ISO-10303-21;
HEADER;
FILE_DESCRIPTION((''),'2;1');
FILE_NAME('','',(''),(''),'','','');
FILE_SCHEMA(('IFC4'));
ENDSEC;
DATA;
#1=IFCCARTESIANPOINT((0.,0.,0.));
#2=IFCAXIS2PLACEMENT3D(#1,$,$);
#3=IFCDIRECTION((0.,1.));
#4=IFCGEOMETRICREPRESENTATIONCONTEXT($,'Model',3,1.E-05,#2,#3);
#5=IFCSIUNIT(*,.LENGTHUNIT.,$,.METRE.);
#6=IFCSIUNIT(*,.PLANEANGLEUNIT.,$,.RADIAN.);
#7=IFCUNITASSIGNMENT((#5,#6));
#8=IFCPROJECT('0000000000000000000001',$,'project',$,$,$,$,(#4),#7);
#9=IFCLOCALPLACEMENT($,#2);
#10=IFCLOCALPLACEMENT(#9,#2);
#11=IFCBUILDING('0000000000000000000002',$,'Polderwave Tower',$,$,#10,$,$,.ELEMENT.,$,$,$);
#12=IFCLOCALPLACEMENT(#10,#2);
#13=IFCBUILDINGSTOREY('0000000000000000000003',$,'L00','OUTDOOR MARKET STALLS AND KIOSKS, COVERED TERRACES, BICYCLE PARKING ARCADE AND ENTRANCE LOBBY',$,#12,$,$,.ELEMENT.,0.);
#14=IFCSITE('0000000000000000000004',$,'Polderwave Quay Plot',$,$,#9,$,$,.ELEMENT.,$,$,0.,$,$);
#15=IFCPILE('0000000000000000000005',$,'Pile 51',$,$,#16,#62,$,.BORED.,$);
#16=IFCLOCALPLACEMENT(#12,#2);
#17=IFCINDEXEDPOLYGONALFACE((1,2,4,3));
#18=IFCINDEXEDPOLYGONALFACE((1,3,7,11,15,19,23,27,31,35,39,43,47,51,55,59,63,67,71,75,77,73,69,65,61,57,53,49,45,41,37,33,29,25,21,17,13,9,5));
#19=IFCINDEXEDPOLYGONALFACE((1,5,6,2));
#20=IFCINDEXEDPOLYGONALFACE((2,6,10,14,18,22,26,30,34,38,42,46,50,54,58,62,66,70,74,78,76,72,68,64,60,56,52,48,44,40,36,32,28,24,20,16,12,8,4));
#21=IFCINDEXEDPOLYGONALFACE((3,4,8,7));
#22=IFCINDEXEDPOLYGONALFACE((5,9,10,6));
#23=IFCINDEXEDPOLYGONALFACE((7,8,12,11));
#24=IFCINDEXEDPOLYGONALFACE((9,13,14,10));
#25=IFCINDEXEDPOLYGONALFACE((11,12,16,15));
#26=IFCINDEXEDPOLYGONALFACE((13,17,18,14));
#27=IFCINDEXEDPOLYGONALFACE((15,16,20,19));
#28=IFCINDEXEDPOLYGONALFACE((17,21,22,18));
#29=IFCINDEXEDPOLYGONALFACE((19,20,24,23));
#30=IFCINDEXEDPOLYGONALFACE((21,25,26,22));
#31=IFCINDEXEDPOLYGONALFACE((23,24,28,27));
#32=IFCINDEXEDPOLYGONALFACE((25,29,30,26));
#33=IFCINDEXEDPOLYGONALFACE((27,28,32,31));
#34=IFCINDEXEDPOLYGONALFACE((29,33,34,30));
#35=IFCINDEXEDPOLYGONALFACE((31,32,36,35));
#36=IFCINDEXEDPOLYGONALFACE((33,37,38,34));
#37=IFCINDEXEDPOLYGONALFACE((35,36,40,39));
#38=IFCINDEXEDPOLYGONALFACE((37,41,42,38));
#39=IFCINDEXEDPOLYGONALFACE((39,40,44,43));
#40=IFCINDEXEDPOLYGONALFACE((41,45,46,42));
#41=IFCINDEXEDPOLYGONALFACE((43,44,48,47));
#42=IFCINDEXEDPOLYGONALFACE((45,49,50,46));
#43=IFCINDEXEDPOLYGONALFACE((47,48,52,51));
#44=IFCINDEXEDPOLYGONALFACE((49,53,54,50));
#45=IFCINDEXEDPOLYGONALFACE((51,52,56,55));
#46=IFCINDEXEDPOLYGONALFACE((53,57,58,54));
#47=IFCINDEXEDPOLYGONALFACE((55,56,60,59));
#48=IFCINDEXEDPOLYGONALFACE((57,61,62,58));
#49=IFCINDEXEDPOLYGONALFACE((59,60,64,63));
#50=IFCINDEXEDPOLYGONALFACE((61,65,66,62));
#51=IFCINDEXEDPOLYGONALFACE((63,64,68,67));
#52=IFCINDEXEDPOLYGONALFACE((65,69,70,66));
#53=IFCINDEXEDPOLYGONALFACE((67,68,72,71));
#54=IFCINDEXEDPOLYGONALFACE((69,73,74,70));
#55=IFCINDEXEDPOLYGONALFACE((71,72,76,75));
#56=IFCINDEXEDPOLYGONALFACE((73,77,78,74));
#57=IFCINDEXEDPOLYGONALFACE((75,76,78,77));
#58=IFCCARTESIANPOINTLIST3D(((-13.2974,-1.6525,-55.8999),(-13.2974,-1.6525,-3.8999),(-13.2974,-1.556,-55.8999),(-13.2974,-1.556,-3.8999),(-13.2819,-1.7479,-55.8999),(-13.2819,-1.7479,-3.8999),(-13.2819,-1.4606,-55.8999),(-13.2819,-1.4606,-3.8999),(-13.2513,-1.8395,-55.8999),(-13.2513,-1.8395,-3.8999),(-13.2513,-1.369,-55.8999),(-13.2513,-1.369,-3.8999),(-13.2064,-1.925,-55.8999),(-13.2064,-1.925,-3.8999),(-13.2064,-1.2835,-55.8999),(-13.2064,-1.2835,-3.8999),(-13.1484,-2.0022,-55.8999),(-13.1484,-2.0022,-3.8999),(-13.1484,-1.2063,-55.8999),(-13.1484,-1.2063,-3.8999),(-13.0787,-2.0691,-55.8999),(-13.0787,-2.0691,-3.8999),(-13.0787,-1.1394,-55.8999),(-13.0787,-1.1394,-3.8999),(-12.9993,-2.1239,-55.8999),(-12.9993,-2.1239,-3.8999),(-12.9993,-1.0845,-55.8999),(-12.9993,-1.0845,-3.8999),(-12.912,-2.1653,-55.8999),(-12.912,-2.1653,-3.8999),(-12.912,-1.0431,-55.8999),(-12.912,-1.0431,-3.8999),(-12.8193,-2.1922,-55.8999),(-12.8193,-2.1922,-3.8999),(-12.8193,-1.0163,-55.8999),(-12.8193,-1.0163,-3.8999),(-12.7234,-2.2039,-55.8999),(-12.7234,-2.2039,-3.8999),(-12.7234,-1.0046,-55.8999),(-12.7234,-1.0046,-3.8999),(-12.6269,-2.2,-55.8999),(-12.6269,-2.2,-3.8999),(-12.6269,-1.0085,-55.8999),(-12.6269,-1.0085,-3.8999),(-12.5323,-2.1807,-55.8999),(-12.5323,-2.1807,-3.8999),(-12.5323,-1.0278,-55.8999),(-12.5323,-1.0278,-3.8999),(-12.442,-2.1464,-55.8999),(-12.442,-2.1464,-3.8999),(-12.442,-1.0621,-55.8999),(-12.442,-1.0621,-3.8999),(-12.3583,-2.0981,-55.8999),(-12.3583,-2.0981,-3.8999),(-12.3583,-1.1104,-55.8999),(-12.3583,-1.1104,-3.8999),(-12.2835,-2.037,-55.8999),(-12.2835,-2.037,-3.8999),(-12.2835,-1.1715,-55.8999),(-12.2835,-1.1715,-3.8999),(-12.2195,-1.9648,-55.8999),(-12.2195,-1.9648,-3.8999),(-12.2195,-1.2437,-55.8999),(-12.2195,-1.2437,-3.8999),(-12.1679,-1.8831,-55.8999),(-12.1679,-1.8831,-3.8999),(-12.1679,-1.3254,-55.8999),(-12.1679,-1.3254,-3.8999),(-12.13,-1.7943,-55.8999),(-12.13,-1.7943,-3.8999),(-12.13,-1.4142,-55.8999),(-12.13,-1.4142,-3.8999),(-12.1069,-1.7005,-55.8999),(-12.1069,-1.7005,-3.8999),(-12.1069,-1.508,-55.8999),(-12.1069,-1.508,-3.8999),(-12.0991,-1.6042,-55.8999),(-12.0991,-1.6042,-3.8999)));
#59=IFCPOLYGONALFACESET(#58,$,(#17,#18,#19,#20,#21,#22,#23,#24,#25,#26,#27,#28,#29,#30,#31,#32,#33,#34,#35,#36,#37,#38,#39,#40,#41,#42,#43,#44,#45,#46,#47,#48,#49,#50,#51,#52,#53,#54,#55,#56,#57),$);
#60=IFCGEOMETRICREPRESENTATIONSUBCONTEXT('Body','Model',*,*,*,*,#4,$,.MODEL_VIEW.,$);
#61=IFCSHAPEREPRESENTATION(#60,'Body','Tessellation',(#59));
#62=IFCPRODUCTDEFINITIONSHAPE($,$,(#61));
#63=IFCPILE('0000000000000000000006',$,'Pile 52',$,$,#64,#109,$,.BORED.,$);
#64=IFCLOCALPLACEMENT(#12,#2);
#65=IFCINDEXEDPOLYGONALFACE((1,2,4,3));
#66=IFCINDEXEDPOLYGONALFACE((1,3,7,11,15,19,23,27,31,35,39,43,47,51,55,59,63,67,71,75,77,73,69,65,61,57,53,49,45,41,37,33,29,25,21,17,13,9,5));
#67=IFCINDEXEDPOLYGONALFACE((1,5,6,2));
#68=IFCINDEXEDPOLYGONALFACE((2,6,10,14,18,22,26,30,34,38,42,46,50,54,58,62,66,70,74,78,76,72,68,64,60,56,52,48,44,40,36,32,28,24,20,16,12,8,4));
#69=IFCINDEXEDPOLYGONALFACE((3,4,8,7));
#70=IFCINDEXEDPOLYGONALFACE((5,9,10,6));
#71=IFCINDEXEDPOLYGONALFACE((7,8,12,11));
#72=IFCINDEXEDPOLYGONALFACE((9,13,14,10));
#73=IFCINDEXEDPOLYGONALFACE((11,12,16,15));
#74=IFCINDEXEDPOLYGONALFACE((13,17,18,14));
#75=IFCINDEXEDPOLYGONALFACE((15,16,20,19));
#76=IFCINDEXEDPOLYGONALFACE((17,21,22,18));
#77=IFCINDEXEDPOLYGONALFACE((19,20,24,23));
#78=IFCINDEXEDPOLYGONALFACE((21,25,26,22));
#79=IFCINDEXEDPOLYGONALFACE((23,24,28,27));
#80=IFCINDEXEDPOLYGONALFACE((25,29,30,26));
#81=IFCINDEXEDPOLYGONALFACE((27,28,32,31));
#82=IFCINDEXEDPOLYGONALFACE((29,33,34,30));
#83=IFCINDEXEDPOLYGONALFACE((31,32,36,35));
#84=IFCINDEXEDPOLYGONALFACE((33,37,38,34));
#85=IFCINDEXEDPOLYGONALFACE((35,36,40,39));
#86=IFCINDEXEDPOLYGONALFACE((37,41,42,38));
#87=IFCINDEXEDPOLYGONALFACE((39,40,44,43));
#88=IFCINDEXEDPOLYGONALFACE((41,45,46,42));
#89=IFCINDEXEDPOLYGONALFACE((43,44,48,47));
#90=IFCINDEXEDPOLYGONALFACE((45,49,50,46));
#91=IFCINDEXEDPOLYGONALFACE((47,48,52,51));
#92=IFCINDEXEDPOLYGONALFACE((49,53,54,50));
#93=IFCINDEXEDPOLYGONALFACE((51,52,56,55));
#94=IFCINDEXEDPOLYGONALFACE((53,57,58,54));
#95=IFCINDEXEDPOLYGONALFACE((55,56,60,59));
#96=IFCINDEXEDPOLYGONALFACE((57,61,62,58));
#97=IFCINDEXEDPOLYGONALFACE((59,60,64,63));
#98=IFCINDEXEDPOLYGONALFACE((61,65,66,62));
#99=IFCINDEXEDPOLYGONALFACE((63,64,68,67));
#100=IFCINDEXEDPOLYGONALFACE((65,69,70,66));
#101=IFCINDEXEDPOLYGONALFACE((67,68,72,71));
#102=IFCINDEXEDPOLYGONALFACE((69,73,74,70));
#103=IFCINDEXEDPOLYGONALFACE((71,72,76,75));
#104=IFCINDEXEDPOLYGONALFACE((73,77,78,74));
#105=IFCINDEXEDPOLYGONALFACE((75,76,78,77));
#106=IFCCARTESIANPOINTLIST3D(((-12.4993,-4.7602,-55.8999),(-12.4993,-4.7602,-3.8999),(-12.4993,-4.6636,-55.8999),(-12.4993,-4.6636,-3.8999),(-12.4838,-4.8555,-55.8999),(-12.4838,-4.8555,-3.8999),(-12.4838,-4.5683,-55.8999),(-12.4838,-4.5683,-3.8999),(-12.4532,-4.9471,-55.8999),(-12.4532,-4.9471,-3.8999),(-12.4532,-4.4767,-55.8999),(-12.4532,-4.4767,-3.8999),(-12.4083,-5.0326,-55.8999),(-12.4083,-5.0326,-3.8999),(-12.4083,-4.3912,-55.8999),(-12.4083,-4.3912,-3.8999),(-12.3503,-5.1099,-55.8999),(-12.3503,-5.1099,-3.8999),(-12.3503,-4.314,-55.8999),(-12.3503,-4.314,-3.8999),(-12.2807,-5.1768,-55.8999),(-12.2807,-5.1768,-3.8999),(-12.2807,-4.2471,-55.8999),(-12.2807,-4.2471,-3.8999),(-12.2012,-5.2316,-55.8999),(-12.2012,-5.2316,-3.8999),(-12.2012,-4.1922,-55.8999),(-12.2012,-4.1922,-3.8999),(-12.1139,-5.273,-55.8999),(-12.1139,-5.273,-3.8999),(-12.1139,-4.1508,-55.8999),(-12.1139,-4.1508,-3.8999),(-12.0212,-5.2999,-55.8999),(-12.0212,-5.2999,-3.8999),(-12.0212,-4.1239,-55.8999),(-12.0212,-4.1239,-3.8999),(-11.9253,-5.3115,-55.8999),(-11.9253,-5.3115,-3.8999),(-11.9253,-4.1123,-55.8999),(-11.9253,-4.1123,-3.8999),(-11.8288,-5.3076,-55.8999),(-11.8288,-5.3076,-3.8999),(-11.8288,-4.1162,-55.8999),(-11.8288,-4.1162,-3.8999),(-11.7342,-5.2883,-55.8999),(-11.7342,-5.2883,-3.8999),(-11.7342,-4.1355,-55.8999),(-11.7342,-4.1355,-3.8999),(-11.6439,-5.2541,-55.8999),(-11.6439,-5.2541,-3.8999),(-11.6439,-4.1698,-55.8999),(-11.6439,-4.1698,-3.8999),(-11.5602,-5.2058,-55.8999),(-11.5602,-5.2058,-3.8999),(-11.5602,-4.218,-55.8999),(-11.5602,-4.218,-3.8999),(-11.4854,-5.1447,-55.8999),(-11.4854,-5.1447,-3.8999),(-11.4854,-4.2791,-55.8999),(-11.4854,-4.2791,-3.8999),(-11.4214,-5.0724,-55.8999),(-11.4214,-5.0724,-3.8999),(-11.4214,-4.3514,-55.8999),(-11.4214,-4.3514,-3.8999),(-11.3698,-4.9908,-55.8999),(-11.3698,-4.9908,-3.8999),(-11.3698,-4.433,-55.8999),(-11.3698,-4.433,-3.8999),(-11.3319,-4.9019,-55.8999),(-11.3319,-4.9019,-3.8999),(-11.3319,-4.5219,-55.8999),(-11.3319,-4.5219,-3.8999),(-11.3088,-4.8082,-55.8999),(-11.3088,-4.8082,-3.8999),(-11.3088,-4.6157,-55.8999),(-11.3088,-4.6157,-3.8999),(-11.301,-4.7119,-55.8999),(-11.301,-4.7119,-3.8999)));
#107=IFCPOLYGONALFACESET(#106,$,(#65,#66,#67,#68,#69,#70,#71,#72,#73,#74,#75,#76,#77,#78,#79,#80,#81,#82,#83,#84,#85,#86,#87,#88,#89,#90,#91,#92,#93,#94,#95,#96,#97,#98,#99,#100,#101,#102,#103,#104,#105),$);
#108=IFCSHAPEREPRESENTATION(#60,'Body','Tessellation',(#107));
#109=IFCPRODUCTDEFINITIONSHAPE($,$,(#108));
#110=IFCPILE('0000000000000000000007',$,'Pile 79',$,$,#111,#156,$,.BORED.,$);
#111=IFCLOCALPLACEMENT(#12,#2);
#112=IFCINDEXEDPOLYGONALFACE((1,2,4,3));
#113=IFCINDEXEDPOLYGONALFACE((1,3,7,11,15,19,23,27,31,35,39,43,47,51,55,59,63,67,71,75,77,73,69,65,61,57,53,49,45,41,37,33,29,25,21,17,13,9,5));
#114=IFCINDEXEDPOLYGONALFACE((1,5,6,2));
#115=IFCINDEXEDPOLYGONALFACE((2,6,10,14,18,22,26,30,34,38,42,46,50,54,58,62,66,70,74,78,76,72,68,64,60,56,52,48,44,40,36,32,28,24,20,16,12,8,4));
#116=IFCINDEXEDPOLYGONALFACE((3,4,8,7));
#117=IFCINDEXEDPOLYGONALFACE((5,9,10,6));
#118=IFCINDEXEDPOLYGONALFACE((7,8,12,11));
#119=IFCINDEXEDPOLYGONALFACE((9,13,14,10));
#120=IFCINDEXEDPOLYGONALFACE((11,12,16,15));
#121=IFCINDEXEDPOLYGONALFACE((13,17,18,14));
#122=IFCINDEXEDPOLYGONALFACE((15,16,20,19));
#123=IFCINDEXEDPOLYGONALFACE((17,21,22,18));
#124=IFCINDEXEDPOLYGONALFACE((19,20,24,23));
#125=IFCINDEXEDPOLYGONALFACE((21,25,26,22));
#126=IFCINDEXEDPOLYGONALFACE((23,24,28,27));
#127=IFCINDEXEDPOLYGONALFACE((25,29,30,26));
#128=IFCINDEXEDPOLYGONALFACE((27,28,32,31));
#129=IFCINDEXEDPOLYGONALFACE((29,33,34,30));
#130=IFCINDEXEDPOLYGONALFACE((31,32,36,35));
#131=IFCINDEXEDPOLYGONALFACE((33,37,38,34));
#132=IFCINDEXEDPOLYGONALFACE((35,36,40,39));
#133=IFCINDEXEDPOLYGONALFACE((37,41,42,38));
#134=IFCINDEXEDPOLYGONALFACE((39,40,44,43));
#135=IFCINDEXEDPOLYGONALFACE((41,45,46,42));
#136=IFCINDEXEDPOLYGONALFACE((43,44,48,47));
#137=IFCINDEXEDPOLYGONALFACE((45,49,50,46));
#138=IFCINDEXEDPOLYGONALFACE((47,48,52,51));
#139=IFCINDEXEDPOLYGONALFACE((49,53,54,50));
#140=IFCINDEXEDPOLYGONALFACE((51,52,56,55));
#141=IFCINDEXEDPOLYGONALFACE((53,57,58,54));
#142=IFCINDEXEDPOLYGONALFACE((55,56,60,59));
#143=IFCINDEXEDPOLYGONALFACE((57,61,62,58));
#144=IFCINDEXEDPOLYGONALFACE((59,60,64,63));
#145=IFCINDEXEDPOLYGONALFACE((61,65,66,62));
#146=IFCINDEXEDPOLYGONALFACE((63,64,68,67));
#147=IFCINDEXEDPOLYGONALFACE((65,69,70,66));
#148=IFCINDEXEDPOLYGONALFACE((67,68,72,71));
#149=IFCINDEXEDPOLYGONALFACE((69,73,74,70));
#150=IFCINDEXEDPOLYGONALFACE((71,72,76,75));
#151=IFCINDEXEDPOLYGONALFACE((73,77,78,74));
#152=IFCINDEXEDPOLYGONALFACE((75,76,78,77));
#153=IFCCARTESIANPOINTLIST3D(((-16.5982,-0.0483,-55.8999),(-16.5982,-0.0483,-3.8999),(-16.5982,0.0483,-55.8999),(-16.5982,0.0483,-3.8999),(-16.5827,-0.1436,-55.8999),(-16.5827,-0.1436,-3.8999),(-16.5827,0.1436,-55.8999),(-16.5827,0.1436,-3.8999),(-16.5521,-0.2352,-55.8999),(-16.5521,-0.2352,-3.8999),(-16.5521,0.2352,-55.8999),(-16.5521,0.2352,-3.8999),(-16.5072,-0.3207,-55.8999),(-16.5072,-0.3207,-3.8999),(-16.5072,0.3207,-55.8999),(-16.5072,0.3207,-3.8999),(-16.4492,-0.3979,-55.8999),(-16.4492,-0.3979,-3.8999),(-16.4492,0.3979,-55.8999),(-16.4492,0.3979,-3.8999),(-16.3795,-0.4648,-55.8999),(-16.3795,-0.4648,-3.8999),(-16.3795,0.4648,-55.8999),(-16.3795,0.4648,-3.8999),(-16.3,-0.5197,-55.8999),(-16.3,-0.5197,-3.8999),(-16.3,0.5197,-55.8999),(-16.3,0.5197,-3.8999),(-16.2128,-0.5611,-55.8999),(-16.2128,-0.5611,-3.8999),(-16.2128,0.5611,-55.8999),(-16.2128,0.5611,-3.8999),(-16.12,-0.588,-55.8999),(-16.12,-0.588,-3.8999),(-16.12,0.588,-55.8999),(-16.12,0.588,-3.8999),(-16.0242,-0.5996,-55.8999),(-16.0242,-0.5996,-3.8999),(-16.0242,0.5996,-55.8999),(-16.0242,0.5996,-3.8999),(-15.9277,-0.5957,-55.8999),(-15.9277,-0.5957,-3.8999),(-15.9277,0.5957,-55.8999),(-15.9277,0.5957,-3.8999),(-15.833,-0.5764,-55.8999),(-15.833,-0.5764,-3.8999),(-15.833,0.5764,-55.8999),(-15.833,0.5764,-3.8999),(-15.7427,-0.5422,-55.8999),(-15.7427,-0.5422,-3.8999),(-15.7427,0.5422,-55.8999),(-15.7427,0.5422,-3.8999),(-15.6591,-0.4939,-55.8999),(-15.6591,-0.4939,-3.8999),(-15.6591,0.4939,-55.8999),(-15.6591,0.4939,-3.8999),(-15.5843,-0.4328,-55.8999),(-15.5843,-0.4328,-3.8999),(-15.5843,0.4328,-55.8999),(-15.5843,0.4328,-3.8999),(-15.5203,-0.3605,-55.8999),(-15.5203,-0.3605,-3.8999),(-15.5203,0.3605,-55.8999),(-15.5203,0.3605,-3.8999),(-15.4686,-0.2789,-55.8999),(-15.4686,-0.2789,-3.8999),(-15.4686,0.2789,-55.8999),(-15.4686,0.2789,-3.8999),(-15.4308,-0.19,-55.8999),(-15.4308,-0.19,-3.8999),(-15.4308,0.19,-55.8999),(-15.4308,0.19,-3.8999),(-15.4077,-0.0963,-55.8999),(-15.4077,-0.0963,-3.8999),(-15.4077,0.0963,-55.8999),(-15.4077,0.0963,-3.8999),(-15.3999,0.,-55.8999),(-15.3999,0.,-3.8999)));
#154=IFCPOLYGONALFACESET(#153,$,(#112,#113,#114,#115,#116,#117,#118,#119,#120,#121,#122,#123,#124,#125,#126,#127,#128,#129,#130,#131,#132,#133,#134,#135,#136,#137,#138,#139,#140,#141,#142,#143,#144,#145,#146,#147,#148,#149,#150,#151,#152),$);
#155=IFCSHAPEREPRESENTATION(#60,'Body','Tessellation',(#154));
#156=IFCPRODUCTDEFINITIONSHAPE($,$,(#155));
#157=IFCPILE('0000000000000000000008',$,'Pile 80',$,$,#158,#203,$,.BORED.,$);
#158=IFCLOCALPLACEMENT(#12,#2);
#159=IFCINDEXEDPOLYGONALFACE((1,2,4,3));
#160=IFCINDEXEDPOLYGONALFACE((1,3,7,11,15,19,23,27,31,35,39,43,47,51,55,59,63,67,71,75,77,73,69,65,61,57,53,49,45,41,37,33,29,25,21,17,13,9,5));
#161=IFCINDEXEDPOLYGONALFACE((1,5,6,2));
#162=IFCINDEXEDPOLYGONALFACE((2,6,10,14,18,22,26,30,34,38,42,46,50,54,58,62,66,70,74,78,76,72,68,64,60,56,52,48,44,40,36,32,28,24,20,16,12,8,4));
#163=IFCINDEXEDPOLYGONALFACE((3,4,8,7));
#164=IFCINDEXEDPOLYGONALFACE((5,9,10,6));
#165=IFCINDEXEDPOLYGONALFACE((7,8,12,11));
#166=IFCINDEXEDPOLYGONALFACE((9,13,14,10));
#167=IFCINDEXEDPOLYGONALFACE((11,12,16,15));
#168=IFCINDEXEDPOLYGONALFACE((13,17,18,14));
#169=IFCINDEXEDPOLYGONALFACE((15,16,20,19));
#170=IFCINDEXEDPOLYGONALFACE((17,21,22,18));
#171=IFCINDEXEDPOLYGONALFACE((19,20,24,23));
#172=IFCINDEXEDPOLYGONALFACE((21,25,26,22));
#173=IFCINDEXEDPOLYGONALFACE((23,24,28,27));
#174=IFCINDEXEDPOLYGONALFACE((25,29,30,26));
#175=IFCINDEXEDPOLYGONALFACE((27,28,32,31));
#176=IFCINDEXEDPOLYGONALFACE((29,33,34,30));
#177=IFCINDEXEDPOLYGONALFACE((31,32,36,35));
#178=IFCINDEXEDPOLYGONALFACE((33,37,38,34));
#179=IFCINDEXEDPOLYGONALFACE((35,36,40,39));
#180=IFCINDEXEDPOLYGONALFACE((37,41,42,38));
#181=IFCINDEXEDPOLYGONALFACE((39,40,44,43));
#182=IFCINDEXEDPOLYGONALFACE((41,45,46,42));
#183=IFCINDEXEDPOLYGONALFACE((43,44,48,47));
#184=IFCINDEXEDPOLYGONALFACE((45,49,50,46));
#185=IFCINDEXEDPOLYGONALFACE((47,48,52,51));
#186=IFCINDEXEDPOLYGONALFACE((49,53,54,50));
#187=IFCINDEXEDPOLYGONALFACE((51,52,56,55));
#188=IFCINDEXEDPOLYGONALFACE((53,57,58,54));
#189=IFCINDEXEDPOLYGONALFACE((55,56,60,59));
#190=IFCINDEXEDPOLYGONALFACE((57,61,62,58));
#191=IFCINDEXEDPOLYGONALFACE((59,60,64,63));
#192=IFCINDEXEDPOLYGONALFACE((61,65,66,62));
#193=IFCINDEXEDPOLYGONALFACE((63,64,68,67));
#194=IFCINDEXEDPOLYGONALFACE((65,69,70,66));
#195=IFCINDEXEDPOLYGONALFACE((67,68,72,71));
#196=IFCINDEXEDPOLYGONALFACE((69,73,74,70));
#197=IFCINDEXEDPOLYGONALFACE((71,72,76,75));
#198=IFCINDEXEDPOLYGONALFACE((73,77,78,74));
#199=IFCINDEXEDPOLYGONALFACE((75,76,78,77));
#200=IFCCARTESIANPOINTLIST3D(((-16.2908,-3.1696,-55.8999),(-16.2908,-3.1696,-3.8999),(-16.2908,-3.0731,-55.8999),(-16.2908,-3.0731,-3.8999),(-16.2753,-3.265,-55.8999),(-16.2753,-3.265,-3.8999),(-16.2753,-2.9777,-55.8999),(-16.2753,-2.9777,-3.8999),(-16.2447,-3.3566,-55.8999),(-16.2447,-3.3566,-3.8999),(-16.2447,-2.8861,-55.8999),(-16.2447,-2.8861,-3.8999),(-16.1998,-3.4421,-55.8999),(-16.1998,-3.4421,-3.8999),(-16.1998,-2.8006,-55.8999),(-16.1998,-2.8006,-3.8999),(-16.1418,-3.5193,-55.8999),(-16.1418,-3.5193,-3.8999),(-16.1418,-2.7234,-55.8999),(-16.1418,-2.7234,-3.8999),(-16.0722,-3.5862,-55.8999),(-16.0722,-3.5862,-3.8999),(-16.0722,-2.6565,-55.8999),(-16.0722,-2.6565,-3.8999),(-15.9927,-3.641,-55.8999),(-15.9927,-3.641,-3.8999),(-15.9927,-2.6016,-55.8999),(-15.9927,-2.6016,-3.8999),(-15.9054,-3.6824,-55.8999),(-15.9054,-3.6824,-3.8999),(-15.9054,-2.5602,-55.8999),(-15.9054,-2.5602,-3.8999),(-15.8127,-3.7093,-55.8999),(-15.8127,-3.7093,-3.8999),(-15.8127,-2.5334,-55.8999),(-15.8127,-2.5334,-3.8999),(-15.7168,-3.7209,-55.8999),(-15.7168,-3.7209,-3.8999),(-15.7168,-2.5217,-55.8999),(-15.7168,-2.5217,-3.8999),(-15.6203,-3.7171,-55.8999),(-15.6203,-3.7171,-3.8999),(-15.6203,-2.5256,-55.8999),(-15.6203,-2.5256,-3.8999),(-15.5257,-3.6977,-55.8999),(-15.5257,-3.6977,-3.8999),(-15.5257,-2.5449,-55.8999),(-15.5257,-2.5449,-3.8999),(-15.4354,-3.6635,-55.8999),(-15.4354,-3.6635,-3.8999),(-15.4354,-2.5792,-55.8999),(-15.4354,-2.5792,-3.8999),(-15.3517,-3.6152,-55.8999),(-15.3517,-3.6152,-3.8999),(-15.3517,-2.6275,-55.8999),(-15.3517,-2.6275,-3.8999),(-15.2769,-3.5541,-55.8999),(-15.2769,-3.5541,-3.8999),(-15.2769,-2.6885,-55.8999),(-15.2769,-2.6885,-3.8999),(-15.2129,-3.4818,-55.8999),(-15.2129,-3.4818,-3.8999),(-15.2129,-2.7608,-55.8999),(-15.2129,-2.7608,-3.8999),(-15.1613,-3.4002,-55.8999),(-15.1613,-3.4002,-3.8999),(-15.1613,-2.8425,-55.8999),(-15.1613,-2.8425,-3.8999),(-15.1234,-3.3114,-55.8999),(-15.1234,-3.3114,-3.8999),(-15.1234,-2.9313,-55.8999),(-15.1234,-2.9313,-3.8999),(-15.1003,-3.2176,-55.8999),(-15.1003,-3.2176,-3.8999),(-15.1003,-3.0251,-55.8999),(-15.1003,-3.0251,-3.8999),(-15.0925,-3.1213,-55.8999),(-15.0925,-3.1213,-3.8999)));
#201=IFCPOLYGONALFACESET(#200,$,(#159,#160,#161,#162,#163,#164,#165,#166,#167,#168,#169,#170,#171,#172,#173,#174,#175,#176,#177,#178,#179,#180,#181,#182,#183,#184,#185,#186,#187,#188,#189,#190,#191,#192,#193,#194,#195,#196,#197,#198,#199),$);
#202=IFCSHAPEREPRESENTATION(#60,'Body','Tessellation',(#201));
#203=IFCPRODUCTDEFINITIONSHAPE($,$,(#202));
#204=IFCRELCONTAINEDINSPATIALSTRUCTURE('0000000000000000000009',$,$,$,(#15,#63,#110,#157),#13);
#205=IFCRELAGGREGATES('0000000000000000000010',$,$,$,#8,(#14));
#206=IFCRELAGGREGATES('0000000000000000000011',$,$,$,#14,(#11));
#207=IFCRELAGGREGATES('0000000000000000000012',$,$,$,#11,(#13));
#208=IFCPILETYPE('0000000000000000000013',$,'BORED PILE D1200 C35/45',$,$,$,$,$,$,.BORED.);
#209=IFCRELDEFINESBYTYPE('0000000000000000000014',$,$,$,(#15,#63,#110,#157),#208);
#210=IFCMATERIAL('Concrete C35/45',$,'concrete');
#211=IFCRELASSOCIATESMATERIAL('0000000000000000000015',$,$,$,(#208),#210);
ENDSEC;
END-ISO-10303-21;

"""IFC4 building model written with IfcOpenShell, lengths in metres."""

from ifc_helpers import new_model, si_unit, direction, frame, origin, origin_2d, place, context, subcontext, project, spatial, circle, extrude, material, material_profile, profile_set, type_object, element, save


model = new_model("IFC4")

# Units and contexts
model_context = context("Model", 3, precision=1e-05, world=origin(), true_north=direction((0.0, 1.0)))
body_context = subcontext(model_context, "Body", "Model", "MODEL_VIEW")
ifc_project = project(units=[si_unit("LENGTHUNIT", "METRE"), si_unit("PLANEANGLEUNIT", "RADIAN")], contexts=[model_context])

# Site, building, storey
site_placement = place(None, origin())
site = spatial("IfcSite", under=ifc_project, at=site_placement, Name="Polderwave Quay Plot", CompositionType="ELEMENT", RefElevation=0.0)
building_placement = place(site_placement, origin())
building = spatial("IfcBuilding", under=site, at=building_placement, Name="Polderwave Tower", CompositionType="ELEMENT")
storey_placement = place(building_placement, origin())
storey = spatial("IfcBuildingStorey", under=building, at=storey_placement, Name="L00", Description="OUTDOOR MARKET STALLS AND KIOSKS, COVERED TERRACES, BICYCLE PARKING ARCADE AND ENTRANCE LOBBY", CompositionType="ELEMENT", Elevation=0.0)

# Piles
ifc_material_1 = material(Name="Concrete C35/45", Category="concrete")
ifc_material_profile_1 = material_profile(ifc_material_1, circle(Radius=0.6001, at=origin_2d()), Name="BORED D1200")
ifc_profile_set_1 = profile_set([ifc_material_profile_1], Name="Concrete C35/45")
pile_type = type_object("IfcPileType", Name="BORED PILE D1200 C35/45", PredefinedType="BORED", material=ifc_profile_set_1)
for number, where, z_axis, x_axis, name in (
    (1, (-12.6992, -1.6042, -3.8999), (0.0, 0.0, -1.0), (1.0, 0.0, 0.0), "Pile 51"),
    (2, (-11.9011, -4.7119, -3.8999), (0.0, 0.0, -1.0), (1.0, 0.0, 0.0), "Pile 52"),
    (3, (-16.0, 0.0, -3.8999), (0.0, 0.0, -1.0), (1.0, 0.0, 0.0), "Pile 79"),
    (4, (-15.6926, -3.1213, -3.8999), (0.0, 0.0, -1.0), (1.0, 0.0, 0.0), "Pile 80"),
):
    element("IfcPile", number, at=place(storey_placement, frame(where, z_axis=z_axis, x_axis=x_axis)), inside=storey, type_object=pile_type, Name=name, PredefinedType="BORED", context=body_context, shape_type="SweptSolid", body=[
        extrude(circle(Radius=0.6001, at=origin_2d()), origin(), (0.0, 0.0, 1.0), 52.0),
    ])

save(model, "model.ifc")
